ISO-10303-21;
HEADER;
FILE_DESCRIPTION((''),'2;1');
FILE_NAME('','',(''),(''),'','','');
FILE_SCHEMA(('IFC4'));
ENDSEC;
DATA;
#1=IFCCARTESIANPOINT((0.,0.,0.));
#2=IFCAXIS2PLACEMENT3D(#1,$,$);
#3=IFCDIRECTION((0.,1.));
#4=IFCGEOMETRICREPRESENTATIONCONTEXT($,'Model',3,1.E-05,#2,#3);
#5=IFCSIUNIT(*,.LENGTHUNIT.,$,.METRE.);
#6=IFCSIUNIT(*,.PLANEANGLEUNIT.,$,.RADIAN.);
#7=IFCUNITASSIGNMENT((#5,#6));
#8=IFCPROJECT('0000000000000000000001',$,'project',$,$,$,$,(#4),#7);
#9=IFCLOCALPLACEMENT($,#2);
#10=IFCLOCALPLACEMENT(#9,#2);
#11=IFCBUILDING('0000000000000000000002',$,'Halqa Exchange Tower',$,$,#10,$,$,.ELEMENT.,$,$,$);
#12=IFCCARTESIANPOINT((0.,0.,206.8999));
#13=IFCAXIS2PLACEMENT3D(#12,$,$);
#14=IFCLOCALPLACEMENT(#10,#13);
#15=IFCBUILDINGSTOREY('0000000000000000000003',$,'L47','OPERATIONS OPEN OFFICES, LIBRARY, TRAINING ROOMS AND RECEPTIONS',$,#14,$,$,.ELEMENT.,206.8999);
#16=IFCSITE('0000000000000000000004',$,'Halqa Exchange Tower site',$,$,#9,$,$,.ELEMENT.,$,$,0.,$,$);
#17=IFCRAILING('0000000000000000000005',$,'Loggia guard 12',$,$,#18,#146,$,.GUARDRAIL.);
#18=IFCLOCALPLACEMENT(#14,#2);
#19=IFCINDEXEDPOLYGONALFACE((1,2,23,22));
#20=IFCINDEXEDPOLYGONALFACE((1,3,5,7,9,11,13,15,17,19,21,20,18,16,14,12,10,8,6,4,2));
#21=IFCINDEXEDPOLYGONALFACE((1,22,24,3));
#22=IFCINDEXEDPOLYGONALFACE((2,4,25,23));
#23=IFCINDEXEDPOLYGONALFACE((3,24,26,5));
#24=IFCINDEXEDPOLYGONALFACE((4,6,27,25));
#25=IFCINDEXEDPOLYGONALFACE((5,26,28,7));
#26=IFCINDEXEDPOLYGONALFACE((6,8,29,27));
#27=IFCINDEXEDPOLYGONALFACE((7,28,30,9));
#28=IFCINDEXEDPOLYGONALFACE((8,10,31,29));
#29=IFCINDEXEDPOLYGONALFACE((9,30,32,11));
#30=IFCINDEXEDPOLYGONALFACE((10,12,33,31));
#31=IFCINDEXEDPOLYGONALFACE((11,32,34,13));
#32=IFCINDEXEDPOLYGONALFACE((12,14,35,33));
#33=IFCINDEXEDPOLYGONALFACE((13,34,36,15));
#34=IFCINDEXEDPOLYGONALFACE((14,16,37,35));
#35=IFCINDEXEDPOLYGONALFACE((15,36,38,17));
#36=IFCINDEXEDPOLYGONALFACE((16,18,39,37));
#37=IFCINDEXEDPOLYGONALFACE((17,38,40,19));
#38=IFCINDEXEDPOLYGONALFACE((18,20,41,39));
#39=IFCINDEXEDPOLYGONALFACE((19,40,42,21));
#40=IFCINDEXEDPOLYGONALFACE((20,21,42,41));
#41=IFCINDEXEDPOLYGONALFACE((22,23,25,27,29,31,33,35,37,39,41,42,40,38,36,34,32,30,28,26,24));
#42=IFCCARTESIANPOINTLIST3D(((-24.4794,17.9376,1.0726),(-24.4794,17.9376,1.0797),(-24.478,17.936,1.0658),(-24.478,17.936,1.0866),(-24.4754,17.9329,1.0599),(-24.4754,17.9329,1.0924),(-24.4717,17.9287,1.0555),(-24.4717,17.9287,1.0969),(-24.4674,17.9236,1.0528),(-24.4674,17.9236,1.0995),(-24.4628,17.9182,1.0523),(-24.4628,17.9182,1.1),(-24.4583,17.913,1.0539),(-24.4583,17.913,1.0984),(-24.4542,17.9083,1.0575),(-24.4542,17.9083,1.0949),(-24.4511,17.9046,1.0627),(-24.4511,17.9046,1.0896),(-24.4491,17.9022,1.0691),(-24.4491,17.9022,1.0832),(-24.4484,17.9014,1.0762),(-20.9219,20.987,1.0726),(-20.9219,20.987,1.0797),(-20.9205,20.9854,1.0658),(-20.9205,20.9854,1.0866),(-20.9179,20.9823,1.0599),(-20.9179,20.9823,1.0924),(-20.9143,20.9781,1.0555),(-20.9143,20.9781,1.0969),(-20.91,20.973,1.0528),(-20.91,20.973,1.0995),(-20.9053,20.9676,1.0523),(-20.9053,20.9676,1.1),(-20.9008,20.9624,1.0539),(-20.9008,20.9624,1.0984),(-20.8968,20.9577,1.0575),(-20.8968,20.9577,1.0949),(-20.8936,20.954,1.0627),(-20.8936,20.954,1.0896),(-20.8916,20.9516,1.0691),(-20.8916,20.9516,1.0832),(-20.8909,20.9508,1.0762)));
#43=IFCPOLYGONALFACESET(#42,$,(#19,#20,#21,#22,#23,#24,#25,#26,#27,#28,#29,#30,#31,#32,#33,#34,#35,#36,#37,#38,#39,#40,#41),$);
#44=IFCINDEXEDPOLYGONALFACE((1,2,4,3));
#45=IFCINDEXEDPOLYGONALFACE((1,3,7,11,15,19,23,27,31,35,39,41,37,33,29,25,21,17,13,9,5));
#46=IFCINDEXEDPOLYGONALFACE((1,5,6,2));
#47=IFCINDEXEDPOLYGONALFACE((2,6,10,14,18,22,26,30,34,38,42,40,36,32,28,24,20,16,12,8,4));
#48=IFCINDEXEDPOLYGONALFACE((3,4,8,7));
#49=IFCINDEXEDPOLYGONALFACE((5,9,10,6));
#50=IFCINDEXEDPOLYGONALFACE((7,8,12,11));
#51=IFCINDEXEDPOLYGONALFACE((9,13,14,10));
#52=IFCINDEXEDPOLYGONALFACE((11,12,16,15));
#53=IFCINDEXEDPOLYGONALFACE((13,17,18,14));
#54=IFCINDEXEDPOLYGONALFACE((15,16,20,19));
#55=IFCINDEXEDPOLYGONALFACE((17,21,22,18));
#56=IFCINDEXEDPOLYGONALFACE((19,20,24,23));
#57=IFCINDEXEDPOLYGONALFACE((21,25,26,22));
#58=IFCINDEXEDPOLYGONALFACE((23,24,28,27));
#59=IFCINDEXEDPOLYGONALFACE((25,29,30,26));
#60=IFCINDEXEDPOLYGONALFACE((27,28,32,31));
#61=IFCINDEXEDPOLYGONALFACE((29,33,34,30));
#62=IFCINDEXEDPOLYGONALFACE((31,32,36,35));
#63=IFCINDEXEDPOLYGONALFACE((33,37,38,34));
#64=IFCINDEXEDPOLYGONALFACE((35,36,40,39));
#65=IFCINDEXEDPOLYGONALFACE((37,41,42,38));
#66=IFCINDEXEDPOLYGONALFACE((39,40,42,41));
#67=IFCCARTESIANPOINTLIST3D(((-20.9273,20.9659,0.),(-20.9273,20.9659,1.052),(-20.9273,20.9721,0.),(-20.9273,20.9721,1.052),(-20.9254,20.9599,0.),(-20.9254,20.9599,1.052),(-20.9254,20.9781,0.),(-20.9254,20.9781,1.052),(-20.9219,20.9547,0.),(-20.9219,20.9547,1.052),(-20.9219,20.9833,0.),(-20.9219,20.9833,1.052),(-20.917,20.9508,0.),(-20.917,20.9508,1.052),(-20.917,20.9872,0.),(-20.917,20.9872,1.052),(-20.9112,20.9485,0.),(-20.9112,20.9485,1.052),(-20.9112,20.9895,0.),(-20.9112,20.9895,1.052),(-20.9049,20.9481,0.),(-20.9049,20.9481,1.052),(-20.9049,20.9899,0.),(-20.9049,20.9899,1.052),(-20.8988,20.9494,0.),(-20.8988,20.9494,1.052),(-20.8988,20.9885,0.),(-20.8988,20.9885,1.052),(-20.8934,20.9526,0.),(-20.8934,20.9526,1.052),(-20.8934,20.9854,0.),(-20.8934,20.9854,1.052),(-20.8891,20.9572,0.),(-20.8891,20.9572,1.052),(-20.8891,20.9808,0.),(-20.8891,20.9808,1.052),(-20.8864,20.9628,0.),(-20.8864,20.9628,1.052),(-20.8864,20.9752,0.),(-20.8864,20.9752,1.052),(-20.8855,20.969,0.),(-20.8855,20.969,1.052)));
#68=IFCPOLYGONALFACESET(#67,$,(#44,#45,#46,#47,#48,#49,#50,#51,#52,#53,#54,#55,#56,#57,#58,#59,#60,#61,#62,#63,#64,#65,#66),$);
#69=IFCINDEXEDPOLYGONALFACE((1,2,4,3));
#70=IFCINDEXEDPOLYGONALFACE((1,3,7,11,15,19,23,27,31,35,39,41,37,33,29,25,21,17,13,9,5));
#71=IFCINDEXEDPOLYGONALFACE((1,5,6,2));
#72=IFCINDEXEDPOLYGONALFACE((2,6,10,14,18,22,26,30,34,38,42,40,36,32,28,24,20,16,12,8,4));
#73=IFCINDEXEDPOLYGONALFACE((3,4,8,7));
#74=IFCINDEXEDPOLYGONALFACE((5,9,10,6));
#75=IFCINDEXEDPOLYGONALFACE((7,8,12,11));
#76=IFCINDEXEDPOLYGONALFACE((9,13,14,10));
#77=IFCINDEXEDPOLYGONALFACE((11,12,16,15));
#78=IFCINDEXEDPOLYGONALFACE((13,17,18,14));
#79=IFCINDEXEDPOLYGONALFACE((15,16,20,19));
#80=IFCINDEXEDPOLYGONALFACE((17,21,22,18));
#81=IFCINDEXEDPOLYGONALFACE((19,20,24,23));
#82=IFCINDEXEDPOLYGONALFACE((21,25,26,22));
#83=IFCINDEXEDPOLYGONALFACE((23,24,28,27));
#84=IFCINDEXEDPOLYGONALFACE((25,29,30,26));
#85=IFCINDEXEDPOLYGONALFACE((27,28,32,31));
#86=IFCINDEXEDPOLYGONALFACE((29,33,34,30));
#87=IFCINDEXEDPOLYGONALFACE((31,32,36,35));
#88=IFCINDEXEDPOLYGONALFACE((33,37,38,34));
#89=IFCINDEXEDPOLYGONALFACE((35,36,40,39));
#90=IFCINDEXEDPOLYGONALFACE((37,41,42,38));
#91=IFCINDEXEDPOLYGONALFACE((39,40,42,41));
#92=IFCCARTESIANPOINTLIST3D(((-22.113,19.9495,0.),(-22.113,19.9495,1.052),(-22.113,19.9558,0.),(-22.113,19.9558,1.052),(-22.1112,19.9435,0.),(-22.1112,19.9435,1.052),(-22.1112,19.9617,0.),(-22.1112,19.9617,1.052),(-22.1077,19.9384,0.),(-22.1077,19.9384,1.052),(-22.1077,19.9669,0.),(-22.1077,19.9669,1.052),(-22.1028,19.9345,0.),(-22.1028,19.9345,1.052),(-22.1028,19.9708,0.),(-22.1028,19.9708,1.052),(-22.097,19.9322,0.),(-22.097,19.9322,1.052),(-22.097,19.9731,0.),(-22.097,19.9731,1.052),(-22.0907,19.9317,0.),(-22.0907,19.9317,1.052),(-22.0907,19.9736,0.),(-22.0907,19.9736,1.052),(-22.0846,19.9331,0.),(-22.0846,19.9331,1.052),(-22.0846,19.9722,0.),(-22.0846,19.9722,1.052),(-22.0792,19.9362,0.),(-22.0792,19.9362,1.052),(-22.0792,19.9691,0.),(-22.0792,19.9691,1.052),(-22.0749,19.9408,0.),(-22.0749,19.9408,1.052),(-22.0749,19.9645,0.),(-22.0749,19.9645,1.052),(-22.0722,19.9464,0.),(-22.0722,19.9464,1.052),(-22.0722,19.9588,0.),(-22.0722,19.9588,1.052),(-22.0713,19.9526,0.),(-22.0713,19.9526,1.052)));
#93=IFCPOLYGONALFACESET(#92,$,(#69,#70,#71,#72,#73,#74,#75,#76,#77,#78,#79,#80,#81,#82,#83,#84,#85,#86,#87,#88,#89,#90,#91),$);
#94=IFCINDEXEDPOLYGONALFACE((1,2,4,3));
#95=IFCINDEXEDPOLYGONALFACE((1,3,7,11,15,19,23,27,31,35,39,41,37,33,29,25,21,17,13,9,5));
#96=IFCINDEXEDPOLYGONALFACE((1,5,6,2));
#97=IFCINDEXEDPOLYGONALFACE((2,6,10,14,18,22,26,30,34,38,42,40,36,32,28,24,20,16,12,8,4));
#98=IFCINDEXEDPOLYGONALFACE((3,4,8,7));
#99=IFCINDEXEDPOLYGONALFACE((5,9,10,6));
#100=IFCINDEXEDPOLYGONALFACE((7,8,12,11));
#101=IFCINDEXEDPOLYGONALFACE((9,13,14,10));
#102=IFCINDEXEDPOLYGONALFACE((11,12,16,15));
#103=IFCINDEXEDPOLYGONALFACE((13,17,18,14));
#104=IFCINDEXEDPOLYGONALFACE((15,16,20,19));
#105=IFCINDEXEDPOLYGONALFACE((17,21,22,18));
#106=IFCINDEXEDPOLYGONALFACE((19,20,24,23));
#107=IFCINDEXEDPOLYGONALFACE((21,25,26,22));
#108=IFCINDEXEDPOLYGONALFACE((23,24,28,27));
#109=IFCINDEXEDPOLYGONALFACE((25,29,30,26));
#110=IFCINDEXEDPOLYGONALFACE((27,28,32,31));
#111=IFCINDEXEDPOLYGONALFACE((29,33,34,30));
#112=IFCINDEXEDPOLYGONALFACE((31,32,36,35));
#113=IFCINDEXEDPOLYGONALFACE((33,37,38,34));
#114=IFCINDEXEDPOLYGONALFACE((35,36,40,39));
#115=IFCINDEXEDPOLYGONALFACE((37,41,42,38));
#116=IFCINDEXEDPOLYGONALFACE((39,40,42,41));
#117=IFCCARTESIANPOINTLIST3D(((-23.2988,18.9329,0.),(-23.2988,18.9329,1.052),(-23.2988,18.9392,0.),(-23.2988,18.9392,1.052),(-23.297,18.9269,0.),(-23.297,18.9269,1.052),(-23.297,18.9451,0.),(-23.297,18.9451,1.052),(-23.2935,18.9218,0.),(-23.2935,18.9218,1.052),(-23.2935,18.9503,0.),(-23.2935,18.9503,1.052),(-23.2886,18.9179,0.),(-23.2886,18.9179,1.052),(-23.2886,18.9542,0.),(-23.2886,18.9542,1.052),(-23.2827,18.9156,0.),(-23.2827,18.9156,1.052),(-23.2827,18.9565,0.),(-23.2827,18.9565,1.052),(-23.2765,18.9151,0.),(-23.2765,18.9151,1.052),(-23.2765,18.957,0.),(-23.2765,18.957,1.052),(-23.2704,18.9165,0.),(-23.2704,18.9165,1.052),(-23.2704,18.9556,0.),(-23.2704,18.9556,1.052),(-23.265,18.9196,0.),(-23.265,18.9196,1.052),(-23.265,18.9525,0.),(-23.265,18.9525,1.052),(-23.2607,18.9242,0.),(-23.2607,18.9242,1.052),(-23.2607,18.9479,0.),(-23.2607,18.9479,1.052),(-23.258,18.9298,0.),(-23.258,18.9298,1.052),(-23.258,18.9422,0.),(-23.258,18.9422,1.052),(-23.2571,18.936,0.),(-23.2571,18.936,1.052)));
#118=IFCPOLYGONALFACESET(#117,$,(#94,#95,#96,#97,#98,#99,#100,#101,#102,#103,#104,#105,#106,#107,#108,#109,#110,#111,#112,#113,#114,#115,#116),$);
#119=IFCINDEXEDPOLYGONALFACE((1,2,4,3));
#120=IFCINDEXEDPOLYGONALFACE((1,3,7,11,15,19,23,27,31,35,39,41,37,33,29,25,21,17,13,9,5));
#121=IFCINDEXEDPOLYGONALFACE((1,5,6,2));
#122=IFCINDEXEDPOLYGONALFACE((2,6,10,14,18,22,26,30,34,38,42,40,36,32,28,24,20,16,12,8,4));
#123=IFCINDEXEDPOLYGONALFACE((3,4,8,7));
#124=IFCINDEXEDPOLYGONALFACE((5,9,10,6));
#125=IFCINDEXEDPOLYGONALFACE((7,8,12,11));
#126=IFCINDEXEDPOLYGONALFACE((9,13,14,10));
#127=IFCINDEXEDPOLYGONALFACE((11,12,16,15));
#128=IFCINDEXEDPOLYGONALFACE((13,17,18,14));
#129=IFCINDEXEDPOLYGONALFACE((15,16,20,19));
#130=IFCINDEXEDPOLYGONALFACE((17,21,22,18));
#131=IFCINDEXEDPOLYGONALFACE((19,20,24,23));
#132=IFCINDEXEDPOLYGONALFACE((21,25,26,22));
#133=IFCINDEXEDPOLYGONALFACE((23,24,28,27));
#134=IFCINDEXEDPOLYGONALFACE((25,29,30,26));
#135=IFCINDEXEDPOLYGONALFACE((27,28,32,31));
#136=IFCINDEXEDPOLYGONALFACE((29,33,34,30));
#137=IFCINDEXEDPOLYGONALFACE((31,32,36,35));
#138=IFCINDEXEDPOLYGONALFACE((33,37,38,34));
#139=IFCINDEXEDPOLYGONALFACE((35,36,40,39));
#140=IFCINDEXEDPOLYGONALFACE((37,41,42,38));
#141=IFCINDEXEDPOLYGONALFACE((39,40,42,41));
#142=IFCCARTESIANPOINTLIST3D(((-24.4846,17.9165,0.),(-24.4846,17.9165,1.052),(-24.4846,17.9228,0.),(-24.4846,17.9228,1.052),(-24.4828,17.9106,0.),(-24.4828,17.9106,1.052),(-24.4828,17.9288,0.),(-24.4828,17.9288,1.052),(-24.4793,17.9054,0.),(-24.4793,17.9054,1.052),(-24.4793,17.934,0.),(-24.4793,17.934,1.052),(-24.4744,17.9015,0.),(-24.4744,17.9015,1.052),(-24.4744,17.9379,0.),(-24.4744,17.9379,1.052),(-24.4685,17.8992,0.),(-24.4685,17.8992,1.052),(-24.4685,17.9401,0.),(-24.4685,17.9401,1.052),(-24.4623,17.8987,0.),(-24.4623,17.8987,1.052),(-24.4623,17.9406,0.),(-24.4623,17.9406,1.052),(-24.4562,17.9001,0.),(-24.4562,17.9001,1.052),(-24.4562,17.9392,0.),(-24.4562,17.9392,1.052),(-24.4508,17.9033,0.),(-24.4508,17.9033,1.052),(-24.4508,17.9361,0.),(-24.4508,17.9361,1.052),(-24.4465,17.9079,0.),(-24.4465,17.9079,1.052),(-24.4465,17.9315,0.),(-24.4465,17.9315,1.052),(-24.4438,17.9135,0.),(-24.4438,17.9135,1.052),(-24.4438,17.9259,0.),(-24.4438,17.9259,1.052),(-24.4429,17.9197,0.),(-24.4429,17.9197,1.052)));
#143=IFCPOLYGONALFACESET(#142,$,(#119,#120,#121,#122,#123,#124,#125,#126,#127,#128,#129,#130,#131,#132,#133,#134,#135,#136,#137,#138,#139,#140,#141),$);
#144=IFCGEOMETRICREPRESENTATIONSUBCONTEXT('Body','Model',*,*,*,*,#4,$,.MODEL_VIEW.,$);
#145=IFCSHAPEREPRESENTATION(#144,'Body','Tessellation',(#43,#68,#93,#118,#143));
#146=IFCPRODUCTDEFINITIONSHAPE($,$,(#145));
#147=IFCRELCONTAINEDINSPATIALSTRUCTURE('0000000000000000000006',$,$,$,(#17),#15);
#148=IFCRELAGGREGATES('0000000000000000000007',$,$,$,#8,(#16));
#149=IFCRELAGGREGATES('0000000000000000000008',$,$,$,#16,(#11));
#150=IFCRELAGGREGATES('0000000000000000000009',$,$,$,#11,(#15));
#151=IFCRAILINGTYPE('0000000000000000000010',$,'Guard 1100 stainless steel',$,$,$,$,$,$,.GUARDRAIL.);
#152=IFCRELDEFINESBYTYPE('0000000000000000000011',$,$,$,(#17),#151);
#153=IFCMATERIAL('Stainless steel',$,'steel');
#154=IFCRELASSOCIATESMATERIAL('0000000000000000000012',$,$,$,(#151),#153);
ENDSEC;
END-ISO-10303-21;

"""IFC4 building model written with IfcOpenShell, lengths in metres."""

from ifc_helpers import new_model, si_unit, direction, frame, origin, origin_2d, place, context, subcontext, project, spatial, circle, extrude, material, type_object, element, save


model = new_model("IFC4")

# Units and contexts
model_context = context("Model", 3, precision=1e-05, world=origin(), true_north=direction((0.0, 1.0)))
body_context = subcontext(model_context, "Body", "Model", "MODEL_VIEW")
ifc_project = project(units=[si_unit("LENGTHUNIT", "METRE"), si_unit("PLANEANGLEUNIT", "RADIAN")], contexts=[model_context])

# Site, building, storey
site_placement = place(None, origin())
site = spatial("IfcSite", under=ifc_project, at=site_placement, Name="Halqa Exchange Tower site", CompositionType="ELEMENT", RefElevation=0.0)
building_placement = place(site_placement, origin())
building = spatial("IfcBuilding", under=site, at=building_placement, Name="Halqa Exchange Tower", CompositionType="ELEMENT")
storey_placement = place(building_placement, frame((0.0, 0.0, 206.8999)))
storey = spatial("IfcBuildingStorey", under=building, at=storey_placement, Name="L47", Description="OPERATIONS OPEN OFFICES, LIBRARY, TRAINING ROOMS AND RECEPTIONS", CompositionType="ELEMENT", Elevation=206.8999)

# Railing
ifc_material_1 = material(Name="Stainless steel", Category="steel")
railing_type = type_object("IfcRailingType", Name="Guard 1100 stainless steel", PredefinedType="GUARDRAIL", material=ifc_material_1)
railing_1_placement = place(storey_placement, frame((-20.9065, 20.969, 0.0)))
element("IfcRailing", 1, at=railing_1_placement, inside=storey, type_object=railing_type, Name="Loggia guard 12", PredefinedType="GUARDRAIL", context=body_context, shape_type="SweptSolid", body=[
    extrude(circle(Radius=0.0239, at=origin_2d()), frame((0.0, 0.0, 1.0762), z_axis=(-0.759242, -0.650809, 0.0), x_axis=(0.650809, -0.759242, 0.0)), (0.0, 0.0, 1.0), 4.6855),
    extrude(circle(Radius=0.021, at=origin_2d()), origin(), (0.0, 0.0, 1.0), 1.052),
    extrude(circle(Radius=0.021, at=origin_2d()), frame((-1.1858, -1.0164, 0.0)), (0.0, 0.0, 1.0), 1.052),
    extrude(circle(Radius=0.021, at=origin_2d()), frame((-2.3716, -2.033, 0.0)), (0.0, 0.0, 1.0), 1.052),
    extrude(circle(Radius=0.021, at=origin_2d()), frame((-3.5574, -3.0493, 0.0)), (0.0, 0.0, 1.0), 1.052),
])

save(model, "model.ifc")
